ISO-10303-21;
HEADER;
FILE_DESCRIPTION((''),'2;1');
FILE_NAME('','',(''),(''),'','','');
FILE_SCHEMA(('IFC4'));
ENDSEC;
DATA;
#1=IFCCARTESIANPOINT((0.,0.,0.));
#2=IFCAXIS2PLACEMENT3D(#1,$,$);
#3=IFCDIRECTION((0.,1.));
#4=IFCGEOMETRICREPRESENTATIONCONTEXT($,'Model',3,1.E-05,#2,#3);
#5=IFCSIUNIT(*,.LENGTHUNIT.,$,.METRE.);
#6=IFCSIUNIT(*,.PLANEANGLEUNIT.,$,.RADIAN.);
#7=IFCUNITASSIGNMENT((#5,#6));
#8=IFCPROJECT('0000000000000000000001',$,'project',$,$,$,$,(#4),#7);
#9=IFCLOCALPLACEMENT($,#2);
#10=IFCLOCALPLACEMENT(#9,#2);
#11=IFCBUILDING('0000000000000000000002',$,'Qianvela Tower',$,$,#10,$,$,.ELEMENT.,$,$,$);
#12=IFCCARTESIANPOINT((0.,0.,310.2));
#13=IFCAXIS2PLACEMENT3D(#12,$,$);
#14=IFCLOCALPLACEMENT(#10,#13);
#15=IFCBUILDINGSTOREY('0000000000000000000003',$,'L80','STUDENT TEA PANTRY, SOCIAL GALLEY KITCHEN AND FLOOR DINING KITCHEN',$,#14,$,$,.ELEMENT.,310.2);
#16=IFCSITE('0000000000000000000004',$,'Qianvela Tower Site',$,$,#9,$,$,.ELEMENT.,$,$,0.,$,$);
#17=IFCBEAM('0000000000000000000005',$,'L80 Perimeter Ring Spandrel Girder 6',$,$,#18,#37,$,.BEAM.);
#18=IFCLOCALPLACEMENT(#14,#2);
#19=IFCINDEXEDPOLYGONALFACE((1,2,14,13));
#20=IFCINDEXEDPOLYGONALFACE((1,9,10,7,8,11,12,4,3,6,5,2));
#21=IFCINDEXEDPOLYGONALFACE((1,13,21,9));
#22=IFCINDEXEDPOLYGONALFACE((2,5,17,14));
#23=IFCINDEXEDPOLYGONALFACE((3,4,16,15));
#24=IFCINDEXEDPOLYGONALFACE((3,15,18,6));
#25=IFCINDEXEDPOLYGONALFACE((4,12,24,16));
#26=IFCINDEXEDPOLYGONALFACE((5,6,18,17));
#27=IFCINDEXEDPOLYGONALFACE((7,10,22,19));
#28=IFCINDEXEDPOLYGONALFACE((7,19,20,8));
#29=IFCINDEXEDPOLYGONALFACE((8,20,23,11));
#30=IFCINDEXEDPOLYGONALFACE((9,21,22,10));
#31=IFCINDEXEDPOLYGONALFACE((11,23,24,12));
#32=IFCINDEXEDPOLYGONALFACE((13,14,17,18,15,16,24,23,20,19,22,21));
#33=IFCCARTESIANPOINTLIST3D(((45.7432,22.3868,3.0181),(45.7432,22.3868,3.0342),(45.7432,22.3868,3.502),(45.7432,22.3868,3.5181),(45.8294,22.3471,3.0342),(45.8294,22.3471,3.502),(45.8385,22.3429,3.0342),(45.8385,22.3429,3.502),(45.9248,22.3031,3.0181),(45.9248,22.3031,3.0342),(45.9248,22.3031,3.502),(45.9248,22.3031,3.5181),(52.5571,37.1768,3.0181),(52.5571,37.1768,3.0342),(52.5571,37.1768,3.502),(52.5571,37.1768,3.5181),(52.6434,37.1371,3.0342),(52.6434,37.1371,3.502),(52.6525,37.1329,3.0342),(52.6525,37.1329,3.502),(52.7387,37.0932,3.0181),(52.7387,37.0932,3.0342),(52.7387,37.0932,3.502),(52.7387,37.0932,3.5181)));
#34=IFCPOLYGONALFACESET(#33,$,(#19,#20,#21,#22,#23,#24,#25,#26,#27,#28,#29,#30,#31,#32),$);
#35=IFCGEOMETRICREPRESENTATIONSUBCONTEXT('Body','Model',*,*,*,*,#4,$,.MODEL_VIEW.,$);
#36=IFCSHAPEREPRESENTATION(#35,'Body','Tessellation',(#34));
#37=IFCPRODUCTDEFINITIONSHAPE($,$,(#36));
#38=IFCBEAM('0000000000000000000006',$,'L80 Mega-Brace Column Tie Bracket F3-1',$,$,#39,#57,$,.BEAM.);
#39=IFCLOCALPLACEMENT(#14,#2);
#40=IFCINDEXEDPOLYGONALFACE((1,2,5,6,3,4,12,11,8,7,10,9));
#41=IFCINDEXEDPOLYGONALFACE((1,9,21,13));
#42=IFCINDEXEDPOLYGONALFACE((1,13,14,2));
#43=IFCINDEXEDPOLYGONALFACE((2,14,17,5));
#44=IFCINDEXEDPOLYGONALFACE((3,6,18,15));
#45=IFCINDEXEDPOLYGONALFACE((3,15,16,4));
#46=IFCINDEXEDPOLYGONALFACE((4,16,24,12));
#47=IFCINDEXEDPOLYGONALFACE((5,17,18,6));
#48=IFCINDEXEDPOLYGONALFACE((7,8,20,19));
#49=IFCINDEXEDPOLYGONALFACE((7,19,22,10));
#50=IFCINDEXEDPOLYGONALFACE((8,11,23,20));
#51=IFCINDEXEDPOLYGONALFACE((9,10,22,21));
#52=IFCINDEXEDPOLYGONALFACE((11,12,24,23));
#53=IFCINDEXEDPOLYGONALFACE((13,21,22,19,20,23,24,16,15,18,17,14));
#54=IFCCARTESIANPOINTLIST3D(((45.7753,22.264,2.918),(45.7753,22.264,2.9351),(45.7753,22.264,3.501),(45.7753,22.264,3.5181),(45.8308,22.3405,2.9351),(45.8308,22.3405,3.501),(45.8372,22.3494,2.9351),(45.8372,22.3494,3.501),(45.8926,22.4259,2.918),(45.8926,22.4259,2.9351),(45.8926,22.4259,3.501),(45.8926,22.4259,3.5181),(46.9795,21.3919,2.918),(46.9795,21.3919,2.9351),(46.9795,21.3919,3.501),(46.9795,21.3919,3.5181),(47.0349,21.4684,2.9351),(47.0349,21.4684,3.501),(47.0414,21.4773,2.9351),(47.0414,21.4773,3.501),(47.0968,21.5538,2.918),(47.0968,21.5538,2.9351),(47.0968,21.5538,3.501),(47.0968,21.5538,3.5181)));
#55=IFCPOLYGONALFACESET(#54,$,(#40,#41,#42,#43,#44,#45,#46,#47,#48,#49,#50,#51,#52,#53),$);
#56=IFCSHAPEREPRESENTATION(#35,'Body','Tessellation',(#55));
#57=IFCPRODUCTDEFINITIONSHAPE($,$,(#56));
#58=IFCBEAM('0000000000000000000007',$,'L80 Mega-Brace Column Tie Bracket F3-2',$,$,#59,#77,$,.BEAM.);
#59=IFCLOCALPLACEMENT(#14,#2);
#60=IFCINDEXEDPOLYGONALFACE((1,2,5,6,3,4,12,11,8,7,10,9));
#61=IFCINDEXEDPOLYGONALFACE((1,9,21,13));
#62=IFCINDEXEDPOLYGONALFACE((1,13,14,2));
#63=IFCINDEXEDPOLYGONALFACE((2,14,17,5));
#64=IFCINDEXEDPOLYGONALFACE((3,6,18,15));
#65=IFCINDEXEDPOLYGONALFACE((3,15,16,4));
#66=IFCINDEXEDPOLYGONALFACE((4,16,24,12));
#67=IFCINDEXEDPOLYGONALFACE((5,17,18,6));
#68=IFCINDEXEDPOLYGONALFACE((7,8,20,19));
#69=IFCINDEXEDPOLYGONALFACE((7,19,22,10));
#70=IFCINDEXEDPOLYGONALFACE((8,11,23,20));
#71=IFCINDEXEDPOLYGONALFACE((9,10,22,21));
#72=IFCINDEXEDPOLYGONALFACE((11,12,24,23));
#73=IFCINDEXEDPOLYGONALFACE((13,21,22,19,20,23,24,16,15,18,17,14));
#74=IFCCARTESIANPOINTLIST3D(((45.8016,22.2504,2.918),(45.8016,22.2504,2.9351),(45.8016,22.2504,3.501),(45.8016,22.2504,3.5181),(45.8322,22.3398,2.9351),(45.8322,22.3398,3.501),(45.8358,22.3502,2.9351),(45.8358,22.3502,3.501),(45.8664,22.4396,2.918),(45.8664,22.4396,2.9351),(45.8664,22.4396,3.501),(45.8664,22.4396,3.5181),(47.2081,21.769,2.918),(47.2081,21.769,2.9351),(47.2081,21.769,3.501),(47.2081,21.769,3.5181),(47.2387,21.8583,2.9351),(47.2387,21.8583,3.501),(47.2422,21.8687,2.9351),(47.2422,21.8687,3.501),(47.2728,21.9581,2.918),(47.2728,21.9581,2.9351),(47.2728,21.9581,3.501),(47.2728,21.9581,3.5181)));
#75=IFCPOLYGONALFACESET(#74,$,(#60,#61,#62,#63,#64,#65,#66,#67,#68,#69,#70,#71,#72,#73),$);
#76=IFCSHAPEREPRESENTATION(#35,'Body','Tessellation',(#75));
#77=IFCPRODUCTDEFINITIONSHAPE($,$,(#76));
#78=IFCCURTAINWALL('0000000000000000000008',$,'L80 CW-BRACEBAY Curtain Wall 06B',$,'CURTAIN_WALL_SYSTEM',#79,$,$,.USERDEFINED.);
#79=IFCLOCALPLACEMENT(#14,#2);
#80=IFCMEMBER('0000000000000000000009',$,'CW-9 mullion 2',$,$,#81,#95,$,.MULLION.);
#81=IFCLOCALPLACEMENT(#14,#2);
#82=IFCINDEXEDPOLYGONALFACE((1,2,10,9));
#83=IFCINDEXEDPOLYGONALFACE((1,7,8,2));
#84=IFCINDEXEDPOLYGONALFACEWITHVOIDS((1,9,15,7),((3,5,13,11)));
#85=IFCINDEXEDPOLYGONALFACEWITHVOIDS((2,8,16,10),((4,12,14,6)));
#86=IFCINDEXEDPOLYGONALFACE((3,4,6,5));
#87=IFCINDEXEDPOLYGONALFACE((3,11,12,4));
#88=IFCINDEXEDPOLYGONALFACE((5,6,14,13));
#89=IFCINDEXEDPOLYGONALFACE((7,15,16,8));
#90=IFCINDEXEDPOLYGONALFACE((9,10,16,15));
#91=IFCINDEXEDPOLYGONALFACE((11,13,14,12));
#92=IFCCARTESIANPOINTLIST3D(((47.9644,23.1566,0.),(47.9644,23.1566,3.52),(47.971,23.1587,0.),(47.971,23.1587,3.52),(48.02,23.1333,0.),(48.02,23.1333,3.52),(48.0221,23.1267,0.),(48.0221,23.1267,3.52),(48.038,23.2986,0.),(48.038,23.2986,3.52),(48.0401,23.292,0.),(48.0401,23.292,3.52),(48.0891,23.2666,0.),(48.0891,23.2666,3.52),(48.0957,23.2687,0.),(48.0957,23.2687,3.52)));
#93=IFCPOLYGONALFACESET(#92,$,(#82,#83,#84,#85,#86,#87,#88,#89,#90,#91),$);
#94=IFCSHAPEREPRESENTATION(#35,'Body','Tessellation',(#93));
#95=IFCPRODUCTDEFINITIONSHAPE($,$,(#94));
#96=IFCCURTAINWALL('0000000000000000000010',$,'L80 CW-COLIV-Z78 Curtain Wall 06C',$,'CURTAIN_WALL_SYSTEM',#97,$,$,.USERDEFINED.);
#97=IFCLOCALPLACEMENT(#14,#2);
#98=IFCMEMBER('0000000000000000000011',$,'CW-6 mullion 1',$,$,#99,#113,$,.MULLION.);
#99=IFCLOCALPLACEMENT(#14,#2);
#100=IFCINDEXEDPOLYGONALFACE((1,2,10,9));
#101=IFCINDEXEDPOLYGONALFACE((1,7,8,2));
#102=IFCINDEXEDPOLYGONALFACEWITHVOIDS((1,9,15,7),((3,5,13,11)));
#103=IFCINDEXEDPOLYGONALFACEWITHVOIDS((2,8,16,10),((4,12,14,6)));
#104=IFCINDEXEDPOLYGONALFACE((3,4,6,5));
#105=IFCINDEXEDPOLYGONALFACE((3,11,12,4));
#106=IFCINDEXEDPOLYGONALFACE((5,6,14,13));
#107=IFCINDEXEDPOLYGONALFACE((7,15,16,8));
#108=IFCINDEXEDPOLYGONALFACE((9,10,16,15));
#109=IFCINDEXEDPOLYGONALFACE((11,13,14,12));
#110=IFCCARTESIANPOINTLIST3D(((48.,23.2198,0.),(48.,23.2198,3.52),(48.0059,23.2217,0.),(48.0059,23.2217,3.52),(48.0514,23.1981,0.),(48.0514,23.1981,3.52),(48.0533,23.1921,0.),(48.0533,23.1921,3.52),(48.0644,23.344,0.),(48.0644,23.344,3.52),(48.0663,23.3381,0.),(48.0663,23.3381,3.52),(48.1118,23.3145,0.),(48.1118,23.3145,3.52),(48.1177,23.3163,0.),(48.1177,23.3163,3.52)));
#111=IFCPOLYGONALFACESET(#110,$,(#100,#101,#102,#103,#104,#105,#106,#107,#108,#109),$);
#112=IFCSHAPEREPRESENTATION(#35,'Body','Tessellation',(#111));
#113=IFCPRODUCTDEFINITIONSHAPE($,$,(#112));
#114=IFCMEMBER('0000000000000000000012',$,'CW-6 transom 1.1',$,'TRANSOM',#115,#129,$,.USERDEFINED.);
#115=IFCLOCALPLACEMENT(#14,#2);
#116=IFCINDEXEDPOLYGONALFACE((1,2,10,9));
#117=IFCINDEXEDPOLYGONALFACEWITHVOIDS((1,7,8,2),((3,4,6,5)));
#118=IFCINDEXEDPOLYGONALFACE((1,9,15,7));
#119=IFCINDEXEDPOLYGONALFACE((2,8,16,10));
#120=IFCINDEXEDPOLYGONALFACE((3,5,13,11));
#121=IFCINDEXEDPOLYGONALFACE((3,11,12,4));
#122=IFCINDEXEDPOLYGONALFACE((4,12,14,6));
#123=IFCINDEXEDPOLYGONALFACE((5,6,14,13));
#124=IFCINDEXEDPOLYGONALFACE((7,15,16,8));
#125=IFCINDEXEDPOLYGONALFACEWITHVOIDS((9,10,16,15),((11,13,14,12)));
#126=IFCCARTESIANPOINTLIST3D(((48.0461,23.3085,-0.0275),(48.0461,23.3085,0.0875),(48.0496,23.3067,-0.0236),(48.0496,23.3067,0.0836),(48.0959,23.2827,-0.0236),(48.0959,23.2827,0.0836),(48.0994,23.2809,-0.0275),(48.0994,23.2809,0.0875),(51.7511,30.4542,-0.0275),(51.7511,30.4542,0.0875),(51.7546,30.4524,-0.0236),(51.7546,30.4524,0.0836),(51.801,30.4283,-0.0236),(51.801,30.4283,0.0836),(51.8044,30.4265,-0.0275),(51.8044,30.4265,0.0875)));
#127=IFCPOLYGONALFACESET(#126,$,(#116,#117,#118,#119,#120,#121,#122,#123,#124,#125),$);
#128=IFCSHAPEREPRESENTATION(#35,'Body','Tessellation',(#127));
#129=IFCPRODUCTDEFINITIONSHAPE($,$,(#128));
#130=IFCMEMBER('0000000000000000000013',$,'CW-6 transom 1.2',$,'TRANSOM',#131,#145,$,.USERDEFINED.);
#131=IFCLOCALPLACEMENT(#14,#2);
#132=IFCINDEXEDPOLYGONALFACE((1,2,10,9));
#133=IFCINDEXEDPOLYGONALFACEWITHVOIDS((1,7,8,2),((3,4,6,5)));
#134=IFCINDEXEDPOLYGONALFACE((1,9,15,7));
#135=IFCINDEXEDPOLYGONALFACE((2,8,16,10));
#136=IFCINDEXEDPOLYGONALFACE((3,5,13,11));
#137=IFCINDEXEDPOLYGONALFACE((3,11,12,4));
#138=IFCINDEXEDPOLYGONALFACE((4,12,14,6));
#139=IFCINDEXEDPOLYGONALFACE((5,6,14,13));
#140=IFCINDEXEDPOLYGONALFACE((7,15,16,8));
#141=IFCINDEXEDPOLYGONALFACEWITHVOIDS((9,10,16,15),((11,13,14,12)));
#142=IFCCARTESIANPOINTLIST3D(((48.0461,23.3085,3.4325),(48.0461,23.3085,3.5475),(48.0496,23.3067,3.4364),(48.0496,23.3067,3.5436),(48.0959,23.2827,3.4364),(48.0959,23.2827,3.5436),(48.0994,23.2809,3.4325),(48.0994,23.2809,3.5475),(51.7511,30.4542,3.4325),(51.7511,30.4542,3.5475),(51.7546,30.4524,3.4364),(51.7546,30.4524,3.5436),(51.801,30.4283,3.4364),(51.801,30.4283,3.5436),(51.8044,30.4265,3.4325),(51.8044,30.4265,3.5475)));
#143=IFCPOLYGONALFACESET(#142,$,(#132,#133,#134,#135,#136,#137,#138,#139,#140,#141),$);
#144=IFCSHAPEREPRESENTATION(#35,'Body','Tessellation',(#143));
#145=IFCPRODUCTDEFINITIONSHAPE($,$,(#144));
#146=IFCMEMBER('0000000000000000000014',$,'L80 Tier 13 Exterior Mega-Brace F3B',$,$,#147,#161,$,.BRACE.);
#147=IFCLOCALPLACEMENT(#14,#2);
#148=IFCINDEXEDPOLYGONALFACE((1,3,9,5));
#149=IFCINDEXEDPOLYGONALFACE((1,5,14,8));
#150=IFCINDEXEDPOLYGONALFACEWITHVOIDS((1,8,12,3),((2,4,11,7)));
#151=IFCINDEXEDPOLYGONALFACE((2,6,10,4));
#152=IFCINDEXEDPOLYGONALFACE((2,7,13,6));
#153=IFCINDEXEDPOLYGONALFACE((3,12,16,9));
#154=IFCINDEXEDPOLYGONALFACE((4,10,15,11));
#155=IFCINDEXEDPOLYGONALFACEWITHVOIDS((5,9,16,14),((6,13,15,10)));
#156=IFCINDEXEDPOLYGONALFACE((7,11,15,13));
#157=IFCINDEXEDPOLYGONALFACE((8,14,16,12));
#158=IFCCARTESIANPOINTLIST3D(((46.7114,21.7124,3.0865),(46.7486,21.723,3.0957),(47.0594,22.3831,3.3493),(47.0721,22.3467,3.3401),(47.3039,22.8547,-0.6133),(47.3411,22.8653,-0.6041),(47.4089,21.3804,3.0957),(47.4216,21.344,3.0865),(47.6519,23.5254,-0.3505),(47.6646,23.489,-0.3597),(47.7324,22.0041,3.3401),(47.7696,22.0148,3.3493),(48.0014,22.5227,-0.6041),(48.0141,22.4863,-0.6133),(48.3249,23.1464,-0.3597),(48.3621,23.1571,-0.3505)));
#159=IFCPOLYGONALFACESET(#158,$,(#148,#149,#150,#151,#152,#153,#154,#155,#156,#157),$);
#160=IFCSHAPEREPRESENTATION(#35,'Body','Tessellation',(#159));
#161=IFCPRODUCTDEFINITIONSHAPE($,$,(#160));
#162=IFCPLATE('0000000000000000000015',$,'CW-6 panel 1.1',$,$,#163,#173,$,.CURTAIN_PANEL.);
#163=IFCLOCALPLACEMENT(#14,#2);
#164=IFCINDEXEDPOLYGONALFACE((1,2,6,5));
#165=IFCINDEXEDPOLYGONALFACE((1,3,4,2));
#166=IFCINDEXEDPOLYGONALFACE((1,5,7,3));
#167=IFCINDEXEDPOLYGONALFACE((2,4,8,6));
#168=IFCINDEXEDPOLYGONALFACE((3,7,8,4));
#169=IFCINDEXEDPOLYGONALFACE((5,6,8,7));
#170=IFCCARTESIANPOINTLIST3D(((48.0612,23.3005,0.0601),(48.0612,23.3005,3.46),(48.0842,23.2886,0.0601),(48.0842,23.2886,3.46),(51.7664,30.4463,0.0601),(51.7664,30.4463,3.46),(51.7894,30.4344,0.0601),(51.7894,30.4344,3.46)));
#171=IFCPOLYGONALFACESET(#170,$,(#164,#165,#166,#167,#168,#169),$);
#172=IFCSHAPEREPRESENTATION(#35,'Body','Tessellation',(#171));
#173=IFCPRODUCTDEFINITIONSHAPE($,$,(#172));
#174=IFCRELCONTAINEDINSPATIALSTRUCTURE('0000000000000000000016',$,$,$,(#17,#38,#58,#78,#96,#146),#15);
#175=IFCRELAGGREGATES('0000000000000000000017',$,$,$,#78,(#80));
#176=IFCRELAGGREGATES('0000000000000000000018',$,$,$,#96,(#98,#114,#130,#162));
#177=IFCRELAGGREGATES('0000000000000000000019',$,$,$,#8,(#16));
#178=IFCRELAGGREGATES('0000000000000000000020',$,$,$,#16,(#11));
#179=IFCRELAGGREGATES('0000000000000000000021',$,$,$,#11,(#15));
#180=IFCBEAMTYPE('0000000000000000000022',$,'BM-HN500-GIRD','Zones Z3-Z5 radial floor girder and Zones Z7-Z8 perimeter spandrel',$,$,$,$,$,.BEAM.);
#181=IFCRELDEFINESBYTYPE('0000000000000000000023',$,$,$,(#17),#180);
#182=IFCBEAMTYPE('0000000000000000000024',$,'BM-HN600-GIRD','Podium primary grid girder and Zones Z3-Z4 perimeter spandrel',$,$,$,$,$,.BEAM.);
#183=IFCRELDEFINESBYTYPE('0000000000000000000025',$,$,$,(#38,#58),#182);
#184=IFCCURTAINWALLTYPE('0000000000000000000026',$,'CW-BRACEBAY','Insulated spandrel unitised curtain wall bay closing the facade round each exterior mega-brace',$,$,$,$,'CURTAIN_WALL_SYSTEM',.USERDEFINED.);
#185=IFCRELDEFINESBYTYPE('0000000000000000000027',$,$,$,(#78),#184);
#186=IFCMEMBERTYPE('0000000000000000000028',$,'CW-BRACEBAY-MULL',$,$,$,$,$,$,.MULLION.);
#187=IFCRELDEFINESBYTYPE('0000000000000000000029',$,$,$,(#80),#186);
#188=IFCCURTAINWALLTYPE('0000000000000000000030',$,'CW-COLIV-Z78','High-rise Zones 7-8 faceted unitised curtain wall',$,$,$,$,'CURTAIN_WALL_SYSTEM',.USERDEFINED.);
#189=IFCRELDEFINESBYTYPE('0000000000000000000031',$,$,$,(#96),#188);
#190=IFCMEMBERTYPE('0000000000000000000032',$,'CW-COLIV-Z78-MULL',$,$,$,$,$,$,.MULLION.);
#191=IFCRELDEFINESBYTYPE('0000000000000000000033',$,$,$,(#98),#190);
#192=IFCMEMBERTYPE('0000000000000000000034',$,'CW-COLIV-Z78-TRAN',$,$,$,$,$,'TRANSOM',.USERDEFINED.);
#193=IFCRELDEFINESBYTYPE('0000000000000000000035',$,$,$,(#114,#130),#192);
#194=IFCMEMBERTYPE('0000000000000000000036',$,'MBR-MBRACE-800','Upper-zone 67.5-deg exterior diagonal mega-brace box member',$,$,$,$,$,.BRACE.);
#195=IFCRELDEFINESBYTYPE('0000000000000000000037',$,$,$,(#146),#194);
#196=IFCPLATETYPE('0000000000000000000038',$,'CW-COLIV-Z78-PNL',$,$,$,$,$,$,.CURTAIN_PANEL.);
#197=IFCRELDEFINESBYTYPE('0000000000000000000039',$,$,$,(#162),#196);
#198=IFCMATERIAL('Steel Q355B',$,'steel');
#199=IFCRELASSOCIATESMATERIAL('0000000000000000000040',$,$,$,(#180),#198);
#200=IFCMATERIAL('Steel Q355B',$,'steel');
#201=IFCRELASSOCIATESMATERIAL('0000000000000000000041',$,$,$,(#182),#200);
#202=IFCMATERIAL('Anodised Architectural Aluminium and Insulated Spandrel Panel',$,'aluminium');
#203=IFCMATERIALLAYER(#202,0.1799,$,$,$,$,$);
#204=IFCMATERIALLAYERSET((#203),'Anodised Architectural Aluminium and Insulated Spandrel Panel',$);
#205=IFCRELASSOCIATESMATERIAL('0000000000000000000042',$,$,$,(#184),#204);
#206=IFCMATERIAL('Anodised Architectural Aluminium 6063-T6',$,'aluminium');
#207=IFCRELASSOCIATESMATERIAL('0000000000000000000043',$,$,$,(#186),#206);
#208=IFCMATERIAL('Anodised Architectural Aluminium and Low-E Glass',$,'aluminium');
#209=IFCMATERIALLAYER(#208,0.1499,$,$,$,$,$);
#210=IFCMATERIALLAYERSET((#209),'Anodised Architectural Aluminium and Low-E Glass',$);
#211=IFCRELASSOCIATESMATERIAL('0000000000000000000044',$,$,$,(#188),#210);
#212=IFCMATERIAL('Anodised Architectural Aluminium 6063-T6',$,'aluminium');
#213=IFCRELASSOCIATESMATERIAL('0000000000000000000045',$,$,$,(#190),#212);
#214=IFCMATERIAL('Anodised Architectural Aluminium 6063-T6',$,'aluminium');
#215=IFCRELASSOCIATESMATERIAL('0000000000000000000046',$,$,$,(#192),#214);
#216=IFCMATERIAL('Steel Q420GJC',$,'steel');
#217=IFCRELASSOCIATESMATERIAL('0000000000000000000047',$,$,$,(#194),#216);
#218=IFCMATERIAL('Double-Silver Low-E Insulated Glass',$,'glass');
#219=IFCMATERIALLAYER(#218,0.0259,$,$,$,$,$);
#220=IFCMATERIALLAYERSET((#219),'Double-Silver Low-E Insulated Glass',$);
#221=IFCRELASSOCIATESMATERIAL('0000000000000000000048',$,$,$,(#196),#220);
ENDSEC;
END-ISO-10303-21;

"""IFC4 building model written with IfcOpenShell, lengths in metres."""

from ifc_helpers import new_model, si_unit, direction, frame, origin, origin_2d, place, context, subcontext, project, spatial, rectangle, hollow_rectangle, i_section, extrude, material, layer, layer_set, material_profile, profile_set, type_object, element, aggregate, save


model = new_model("IFC4")

# Units and contexts
model_context = context("Model", 3, precision=1e-05, world=origin(), true_north=direction((0.0, 1.0)))
body_context = subcontext(model_context, "Body", "Model", "MODEL_VIEW")
ifc_project = project(units=[si_unit("LENGTHUNIT", "METRE"), si_unit("PLANEANGLEUNIT", "RADIAN")], contexts=[model_context])

# Site, building, storey
site_placement = place(None, origin())
site = spatial("IfcSite", under=ifc_project, at=site_placement, Name="Qianvela Tower Site", CompositionType="ELEMENT", RefElevation=0.0)
building_placement = place(site_placement, origin())
building = spatial("IfcBuilding", under=site, at=building_placement, Name="Qianvela Tower", CompositionType="ELEMENT")
storey_placement = place(building_placement, frame((0.0, 0.0, 310.2)))
storey = spatial("IfcBuildingStorey", under=building, at=storey_placement, Name="L80", Description="STUDENT TEA PANTRY, SOCIAL GALLEY KITCHEN AND FLOOR DINING KITCHEN", CompositionType="ELEMENT", Elevation=310.2)

# Beams
ifc_material_1 = material(Name="Steel Q355B", Category="steel")
ifc_material_profile_1 = material_profile(ifc_material_1, i_section(OverallWidth=0.2, OverallDepth=0.5, WebThickness=0.01, FlangeThickness=0.0161, at=origin_2d()), Name="HN500x200x10x16")
ifc_profile_set_1 = profile_set([ifc_material_profile_1], Name="Steel Q355B")
beam_type_1 = type_object("IfcBeamType", Name="BM-HN500-GIRD", Description="Zones Z3-Z5 radial floor girder and Zones Z7-Z8 perimeter spandrel", PredefinedType="BEAM", material=ifc_profile_set_1)
beam_1_placement = place(storey_placement, frame((45.834, 22.345, 3.2681), z_axis=(0.41844, 0.908244, 0.0), x_axis=(-0.908244, 0.41844, 0.0)))
element("IfcBeam", 1, at=beam_1_placement, inside=storey, type_object=beam_type_1, Name="L80 Perimeter Ring Spandrel Girder 6", PredefinedType="BEAM", context=body_context, shape_type="SweptSolid", body=[
    extrude(i_section(OverallWidth=0.2, OverallDepth=0.5, WebThickness=0.01, FlangeThickness=0.0161, at=origin_2d()), origin(), (0.0, 0.0, 1.0), 16.2842),
])
ifc_material_2 = material(Name="Steel Q355B", Category="steel")
ifc_material_profile_2 = material_profile(ifc_material_2, i_section(OverallWidth=0.2, OverallDepth=0.6001, WebThickness=0.011, FlangeThickness=0.0171, at=origin_2d()), Name="HN600x200x11x17")
ifc_profile_set_2 = profile_set([ifc_material_profile_2], Name="Steel Q355B")
beam_type_2 = type_object("IfcBeamType", Name="BM-HN600-GIRD", Description="Podium primary grid girder and Zones Z3-Z4 perimeter spandrel", PredefinedType="BEAM", material=ifc_profile_set_2)
beam_2_placement = place(storey_placement, frame((45.834, 22.345, 3.218), z_axis=(0.809899, -0.586569, 0.0), x_axis=(0.586569, 0.809899, 0.0)))
element("IfcBeam", 2, at=beam_2_placement, inside=storey, type_object=beam_type_2, Name="L80 Mega-Brace Column Tie Bracket F3-1", PredefinedType="BEAM", context=body_context, shape_type="SweptSolid", body=[
    extrude(i_section(OverallWidth=0.2, OverallDepth=0.6001, WebThickness=0.011, FlangeThickness=0.0171, at=origin_2d()), origin(), (0.0, 0.0, 1.0), 1.4868),
])
beam_3_placement = place(storey_placement, frame((45.834, 22.345, 3.218), z_axis=(0.946107, -0.323854, 0.0), x_axis=(0.323854, 0.946107, 0.0)))
element("IfcBeam", 3, at=beam_3_placement, inside=storey, type_object=beam_type_2, Name="L80 Mega-Brace Column Tie Bracket F3-2", PredefinedType="BEAM", context=body_context, shape_type="SweptSolid", body=[
    extrude(i_section(OverallWidth=0.2, OverallDepth=0.6001, WebThickness=0.011, FlangeThickness=0.0171, at=origin_2d()), origin(), (0.0, 0.0, 1.0), 1.4866),
])

# Curtain wall, member
ifc_material_3 = material(Name="Anodised Architectural Aluminium and Insulated Spandrel Panel", Category="aluminium")
ifc_layer_1 = layer(ifc_material_3, 0.1799)
ifc_layer_set_1 = layer_set([ifc_layer_1], Name="Anodised Architectural Aluminium and Insulated Spandrel Panel")
curtain_wall_type_1 = type_object("IfcCurtainWallType", Name="CW-BRACEBAY", Description="Insulated spandrel unitised curtain wall bay closing the facade round each exterior mega-brace", ElementType="CURTAIN_WALL_SYSTEM", PredefinedType="USERDEFINED", material=ifc_layer_set_1)
curtain_wall_1_placement = place(storey_placement, origin())
curtain_wall_1 = element("IfcCurtainWall", 4, at=curtain_wall_1_placement, inside=storey, type_object=curtain_wall_type_1, Name="L80 CW-BRACEBAY Curtain Wall 06B", ObjectType="CURTAIN_WALL_SYSTEM", PredefinedType="USERDEFINED")
ifc_material_4 = material(Name="Anodised Architectural Aluminium 6063-T6", Category="aluminium")
ifc_material_profile_3 = material_profile(ifc_material_4, hollow_rectangle(XDim=0.0649, YDim=0.1599, WallThickness=0.0049, at=origin_2d()), Name="ALU-MULL-65x160")
ifc_profile_set_3 = profile_set([ifc_material_profile_3], Name="Anodised Architectural Aluminium 6063-T6")
member_type_1 = type_object("IfcMemberType", Name="CW-BRACEBAY-MULL", PredefinedType="MULLION", material=ifc_profile_set_3)
member_1_placement = place(storey_placement, frame((48.03, 23.2126, 0.0), z_axis=(0.0, 0.0, 1.0), x_axis=(-0.88776, 0.460307, 0.0)))
member_1 = element("IfcMember", 5, at=member_1_placement, type_object=member_type_1, Name="CW-9 mullion 2", PredefinedType="MULLION", context=body_context, shape_type="SweptSolid", body=[
    extrude(hollow_rectangle(XDim=0.0649, YDim=0.1599, WallThickness=0.0049, at=origin_2d()), origin(), (0.0, 0.0, 1.0), 3.52),
])
aggregate(curtain_wall_1, [member_1])

# Curtain wall, members
ifc_material_5 = material(Name="Anodised Architectural Aluminium and Low-E Glass", Category="aluminium")
ifc_layer_2 = layer(ifc_material_5, 0.1499)
ifc_layer_set_2 = layer_set([ifc_layer_2], Name="Anodised Architectural Aluminium and Low-E Glass")
curtain_wall_type_2 = type_object("IfcCurtainWallType", Name="CW-COLIV-Z78", Description="High-rise Zones 7-8 faceted unitised curtain wall", ElementType="CURTAIN_WALL_SYSTEM", PredefinedType="USERDEFINED", material=ifc_layer_set_2)
curtain_wall_2_placement = place(storey_placement, origin())
curtain_wall_2 = element("IfcCurtainWall", 6, at=curtain_wall_2_placement, inside=storey, type_object=curtain_wall_type_2, Name="L80 CW-COLIV-Z78 Curtain Wall 06C", ObjectType="CURTAIN_WALL_SYSTEM", PredefinedType="USERDEFINED")
ifc_material_6 = material(Name="Anodised Architectural Aluminium 6063-T6", Category="aluminium")
ifc_material_profile_4 = material_profile(ifc_material_6, hollow_rectangle(XDim=0.0601, YDim=0.1399, WallThickness=0.0044, at=origin_2d()), Name="ALU-MULL-60x140")
ifc_profile_set_4 = profile_set([ifc_material_profile_4], Name="Anodised Architectural Aluminium 6063-T6")
member_type_2 = type_object("IfcMemberType", Name="CW-COLIV-Z78-MULL", PredefinedType="MULLION", material=ifc_profile_set_4)
member_2_placement = place(storey_placement, frame((48.0588, 23.2681, 0.0), z_axis=(0.0, 0.0, 1.0), x_axis=(-0.887759, 0.460309, 0.0)))
member_2 = element("IfcMember", 7, at=member_2_placement, type_object=member_type_2, Name="CW-6 mullion 1", PredefinedType="MULLION", context=body_context, shape_type="SweptSolid", body=[
    extrude(hollow_rectangle(XDim=0.0601, YDim=0.1399, WallThickness=0.0044, at=origin_2d()), origin(), (0.0, 0.0, 1.0), 3.52),
])
ifc_material_7 = material(Name="Anodised Architectural Aluminium 6063-T6", Category="aluminium")
ifc_material_profile_5 = material_profile(ifc_material_7, hollow_rectangle(XDim=0.0601, YDim=0.115, WallThickness=0.0039, at=origin_2d()), Name="ALU-TRAN-60x115")
ifc_profile_set_5 = profile_set([ifc_material_profile_5], Name="Anodised Architectural Aluminium 6063-T6")
member_type_3 = type_object("IfcMemberType", Name="CW-COLIV-Z78-TRAN", ElementType="TRANSOM", PredefinedType="USERDEFINED", material=ifc_profile_set_5)
member_3_placement = place(storey_placement, frame((48.0728, 23.2947, 0.03), z_axis=(0.460305, 0.887761, 0.0), x_axis=(-0.887761, 0.460305, 0.0)))
member_3 = element("IfcMember", 8, at=member_3_placement, type_object=member_type_3, Name="CW-6 transom 1.1", ObjectType="TRANSOM", PredefinedType="USERDEFINED", context=body_context, shape_type="SweptSolid", body=[
    extrude(hollow_rectangle(XDim=0.0601, YDim=0.115, WallThickness=0.0039, at=origin_2d()), origin(), (0.0, 0.0, 1.0), 8.0491),
])
member_4_placement = place(storey_placement, frame((48.0728, 23.2947, 3.49), z_axis=(0.460305, 0.887761, 0.0), x_axis=(-0.887761, 0.460305, 0.0)))
member_4 = element("IfcMember", 9, at=member_4_placement, type_object=member_type_3, Name="CW-6 transom 1.2", ObjectType="TRANSOM", PredefinedType="USERDEFINED", context=body_context, shape_type="SweptSolid", body=[
    extrude(hollow_rectangle(XDim=0.0601, YDim=0.115, WallThickness=0.0039, at=origin_2d()), origin(), (0.0, 0.0, 1.0), 8.0491),
])

# Member
ifc_material_8 = material(Name="Steel Q420GJC", Category="steel")
ifc_material_profile_6 = material_profile(ifc_material_8, hollow_rectangle(XDim=0.8, YDim=0.8, WallThickness=0.0281, at=origin_2d()), Name="MBOX-800x800x28")
ifc_profile_set_6 = profile_set([ifc_material_profile_6], Name="Steel Q420GJC")
member_type_4 = type_object("IfcMemberType", Name="MBR-MBRACE-800", Description="Upper-zone 67.5-deg exterior diagonal mega-brace box member", PredefinedType="BRACE", material=ifc_profile_set_6)
member_5_placement = place(storey_placement, frame((47.833, 23.0059, -0.4819), z_axis=(-0.151258, -0.291609, 0.944503), x_axis=(0.887688, -0.460445, 0.0)))
element("IfcMember", 10, at=member_5_placement, inside=storey, type_object=member_type_4, Name="L80 Tier 13 Exterior Mega-Brace F3B", PredefinedType="BRACE", context=body_context, shape_type="SweptSolid", body=[
    extrude(hollow_rectangle(XDim=0.8, YDim=0.8, WallThickness=0.0281, at=origin_2d()), origin(), (0.0, 0.0, 1.0), 3.9172),
])

# Plate
ifc_material_9 = material(Name="Double-Silver Low-E Insulated Glass", Category="glass")
ifc_layer_3 = layer(ifc_material_9, 0.0259)
ifc_layer_set_3 = layer_set([ifc_layer_3], Name="Double-Silver Low-E Insulated Glass")
plate_type_1 = type_object("IfcPlateType", Name="CW-COLIV-Z78-PNL", PredefinedType="CURTAIN_PANEL", material=ifc_layer_set_3)
plate_1_placement = place(storey_placement, frame((49.9253, 26.8674, 0.0601), z_axis=(0.0, 0.0, 1.0), x_axis=(0.460309, 0.887759, 0.0)))
plate_1 = element("IfcPlate", 11, at=plate_1_placement, type_object=plate_type_1, Name="CW-6 panel 1.1", PredefinedType="CURTAIN_PANEL", context=body_context, shape_type="SweptSolid", body=[
    extrude(rectangle(XDim=8.0493, YDim=0.0259, at=origin_2d()), origin(), (0.0, 0.0, 1.0), 3.3999),
])
aggregate(curtain_wall_2, [member_2, member_3, member_4, plate_1])

save(model, "model.ifc")
